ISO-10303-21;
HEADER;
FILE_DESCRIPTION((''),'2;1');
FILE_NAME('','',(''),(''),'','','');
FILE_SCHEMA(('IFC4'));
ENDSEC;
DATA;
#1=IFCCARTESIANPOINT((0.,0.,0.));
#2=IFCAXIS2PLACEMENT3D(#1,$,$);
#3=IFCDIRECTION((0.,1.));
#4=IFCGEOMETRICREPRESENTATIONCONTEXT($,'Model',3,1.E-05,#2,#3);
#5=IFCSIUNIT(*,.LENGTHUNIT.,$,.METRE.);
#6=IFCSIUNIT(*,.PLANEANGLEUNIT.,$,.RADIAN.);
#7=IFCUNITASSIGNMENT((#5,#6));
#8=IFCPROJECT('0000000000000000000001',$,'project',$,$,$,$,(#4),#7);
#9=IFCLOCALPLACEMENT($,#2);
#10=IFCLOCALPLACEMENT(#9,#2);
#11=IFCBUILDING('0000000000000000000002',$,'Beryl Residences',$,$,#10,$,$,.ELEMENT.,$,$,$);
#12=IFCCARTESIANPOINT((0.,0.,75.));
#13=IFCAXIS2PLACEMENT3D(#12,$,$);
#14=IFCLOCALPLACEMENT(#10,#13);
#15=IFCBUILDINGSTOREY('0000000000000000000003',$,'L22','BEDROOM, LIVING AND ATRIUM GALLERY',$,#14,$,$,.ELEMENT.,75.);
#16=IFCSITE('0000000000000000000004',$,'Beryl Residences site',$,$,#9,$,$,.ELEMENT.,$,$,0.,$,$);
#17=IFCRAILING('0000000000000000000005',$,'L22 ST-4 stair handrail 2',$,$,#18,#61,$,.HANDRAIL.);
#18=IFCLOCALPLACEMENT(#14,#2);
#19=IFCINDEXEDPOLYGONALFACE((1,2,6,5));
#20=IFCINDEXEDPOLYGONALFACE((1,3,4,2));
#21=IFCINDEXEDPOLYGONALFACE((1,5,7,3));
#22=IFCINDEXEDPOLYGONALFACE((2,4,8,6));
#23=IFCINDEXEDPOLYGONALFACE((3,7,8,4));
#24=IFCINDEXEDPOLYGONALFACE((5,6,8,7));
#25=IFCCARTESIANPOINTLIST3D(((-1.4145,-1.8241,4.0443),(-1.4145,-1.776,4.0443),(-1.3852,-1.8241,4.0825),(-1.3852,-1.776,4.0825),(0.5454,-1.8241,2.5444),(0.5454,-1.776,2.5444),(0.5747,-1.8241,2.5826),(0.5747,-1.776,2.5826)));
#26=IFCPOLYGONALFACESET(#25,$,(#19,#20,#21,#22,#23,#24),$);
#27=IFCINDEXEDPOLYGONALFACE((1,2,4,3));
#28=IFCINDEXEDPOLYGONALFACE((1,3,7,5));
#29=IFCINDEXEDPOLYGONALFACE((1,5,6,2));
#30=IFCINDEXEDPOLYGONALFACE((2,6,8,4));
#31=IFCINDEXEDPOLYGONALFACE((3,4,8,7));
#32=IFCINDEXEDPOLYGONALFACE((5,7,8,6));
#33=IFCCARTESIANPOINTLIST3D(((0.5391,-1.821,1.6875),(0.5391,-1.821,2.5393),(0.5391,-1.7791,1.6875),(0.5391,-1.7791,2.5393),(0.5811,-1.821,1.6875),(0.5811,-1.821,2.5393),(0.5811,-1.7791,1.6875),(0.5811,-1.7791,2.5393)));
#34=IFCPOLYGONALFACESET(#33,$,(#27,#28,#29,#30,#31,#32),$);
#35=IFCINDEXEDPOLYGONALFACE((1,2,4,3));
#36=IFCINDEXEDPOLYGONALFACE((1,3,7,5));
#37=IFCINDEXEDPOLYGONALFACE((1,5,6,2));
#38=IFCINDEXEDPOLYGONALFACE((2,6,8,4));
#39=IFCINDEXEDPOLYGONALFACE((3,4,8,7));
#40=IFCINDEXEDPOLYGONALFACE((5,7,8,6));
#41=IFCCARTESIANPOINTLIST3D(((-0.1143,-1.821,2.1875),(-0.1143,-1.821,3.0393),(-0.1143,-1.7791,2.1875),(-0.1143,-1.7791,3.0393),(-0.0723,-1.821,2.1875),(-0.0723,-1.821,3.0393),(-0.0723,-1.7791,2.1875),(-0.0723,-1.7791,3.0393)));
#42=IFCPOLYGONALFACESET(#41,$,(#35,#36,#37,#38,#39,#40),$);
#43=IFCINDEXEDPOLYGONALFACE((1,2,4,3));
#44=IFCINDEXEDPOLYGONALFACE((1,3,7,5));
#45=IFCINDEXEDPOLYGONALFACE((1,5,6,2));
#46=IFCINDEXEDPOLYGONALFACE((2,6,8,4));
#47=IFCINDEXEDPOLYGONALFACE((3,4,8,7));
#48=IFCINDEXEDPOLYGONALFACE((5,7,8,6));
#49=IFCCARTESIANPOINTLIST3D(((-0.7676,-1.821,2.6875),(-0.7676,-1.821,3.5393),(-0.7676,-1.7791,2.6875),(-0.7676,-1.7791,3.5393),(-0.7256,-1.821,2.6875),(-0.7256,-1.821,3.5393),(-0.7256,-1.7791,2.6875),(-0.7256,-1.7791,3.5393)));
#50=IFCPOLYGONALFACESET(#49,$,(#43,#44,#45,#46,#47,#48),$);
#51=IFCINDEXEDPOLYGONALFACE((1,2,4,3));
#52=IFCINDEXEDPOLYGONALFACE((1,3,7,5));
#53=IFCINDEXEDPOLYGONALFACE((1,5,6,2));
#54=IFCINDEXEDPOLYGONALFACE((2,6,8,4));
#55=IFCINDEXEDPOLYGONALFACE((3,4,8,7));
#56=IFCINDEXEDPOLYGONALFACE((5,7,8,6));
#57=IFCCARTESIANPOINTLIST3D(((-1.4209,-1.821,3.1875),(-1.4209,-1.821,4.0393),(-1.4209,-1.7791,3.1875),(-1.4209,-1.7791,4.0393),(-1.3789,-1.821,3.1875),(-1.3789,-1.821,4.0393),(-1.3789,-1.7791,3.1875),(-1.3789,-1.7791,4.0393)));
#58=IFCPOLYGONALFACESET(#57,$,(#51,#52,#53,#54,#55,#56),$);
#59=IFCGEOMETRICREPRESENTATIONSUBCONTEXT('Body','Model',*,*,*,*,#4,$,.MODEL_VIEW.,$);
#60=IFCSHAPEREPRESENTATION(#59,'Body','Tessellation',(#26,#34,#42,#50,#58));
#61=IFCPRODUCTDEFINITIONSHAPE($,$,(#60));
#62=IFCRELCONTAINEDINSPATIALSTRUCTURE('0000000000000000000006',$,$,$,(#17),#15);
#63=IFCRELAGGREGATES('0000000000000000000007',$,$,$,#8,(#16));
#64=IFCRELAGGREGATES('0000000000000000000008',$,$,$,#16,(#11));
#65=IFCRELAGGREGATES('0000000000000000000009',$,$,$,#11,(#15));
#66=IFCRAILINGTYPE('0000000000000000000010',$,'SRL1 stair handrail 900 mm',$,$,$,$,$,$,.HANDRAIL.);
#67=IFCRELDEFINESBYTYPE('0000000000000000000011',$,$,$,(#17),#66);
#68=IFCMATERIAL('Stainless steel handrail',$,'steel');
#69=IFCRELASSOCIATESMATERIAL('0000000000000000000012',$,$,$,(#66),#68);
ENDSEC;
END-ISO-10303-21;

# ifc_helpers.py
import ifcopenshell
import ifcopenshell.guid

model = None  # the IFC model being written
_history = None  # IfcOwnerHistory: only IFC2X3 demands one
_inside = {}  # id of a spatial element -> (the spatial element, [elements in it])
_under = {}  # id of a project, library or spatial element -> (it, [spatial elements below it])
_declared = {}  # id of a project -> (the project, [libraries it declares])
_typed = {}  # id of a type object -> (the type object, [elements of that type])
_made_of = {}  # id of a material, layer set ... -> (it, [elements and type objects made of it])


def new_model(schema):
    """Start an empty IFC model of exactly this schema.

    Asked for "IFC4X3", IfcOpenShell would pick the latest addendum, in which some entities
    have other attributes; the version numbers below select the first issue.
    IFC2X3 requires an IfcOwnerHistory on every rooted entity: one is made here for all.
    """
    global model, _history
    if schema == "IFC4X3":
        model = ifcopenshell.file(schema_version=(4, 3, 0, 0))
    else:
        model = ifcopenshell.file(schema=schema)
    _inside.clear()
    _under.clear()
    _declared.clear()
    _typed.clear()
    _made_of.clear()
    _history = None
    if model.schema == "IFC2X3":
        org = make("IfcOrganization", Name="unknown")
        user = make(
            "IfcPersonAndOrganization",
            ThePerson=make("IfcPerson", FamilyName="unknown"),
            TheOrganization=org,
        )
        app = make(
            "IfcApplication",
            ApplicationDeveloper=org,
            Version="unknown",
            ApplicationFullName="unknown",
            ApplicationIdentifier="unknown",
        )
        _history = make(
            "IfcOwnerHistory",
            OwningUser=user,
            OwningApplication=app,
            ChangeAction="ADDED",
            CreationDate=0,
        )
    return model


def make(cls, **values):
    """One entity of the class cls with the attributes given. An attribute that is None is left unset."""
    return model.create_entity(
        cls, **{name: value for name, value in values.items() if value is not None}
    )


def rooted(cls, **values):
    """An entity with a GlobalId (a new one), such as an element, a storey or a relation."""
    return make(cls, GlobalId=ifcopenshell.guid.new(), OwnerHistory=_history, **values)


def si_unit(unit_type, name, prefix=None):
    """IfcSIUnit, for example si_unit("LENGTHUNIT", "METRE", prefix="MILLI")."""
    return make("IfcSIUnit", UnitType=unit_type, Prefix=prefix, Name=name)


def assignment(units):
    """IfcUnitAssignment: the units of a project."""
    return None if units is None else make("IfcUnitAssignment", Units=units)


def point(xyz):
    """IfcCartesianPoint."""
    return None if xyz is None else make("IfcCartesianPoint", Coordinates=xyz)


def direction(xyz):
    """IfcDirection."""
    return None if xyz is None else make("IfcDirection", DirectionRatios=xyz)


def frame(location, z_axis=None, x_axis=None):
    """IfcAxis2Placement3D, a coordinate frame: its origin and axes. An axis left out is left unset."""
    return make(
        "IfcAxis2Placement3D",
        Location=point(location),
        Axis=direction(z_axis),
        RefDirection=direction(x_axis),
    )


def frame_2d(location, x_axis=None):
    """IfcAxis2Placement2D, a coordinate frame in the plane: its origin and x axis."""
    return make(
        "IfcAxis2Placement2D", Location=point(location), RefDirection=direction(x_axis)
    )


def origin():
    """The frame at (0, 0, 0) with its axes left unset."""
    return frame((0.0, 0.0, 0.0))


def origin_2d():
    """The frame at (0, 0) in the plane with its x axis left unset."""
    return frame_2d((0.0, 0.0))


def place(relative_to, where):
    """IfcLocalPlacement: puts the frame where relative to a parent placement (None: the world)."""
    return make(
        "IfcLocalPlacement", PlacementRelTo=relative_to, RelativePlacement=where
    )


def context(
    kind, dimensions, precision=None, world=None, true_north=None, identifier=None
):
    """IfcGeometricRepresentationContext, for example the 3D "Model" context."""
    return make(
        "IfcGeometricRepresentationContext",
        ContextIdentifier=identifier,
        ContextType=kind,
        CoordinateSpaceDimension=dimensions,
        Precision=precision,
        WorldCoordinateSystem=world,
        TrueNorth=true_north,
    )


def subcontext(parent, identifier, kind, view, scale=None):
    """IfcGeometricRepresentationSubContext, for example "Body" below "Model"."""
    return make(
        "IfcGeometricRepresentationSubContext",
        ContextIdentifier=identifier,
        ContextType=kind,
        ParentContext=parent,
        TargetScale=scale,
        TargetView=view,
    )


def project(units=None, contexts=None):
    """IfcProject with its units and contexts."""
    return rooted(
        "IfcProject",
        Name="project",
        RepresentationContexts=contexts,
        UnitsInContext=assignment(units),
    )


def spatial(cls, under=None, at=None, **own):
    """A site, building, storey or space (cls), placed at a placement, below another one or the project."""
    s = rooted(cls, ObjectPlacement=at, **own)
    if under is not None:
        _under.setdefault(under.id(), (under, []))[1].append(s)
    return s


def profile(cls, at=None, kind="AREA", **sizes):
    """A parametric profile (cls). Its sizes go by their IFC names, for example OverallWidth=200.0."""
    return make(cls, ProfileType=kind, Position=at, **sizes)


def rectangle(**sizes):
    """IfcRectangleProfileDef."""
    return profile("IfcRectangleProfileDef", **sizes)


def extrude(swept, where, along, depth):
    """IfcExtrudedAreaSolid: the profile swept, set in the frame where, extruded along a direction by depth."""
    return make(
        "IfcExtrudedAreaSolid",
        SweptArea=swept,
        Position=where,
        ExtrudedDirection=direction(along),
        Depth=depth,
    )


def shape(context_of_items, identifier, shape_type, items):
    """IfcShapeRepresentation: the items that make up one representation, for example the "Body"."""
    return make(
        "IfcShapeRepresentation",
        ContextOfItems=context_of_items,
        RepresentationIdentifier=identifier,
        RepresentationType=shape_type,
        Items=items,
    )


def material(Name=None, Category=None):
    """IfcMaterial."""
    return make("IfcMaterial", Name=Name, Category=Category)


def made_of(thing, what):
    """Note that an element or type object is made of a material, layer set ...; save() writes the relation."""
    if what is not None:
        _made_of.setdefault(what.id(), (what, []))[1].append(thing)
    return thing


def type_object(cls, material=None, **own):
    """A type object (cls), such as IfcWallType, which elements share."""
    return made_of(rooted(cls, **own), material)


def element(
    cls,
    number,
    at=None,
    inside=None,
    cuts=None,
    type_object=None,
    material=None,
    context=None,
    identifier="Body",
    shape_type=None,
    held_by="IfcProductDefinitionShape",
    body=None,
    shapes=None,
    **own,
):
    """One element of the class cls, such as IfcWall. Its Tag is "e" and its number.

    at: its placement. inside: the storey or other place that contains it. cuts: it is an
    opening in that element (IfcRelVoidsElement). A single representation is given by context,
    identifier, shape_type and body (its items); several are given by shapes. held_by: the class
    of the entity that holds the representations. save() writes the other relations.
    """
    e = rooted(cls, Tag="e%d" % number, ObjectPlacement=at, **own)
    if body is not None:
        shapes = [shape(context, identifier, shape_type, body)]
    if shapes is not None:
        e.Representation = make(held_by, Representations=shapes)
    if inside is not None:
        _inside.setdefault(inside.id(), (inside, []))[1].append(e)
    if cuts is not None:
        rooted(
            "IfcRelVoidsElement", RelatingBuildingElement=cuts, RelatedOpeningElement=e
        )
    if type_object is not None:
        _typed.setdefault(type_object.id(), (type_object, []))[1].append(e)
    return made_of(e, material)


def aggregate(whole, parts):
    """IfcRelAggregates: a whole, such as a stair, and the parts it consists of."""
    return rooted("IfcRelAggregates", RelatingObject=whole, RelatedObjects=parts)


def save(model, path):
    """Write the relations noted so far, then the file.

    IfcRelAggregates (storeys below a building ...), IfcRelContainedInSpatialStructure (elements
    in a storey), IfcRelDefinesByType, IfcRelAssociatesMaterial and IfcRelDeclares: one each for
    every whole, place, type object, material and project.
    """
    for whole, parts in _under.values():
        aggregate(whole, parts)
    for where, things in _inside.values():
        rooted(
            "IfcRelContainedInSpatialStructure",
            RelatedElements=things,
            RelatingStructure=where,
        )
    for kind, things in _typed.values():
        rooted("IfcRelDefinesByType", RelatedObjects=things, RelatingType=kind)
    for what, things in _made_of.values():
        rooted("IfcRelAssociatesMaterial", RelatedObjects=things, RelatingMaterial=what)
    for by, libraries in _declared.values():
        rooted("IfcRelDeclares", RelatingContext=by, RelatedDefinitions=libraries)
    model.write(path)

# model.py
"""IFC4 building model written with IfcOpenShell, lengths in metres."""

from ifc_helpers import new_model, si_unit, direction, frame, origin, origin_2d, place, context, subcontext, project, spatial, rectangle, extrude, material, type_object, element, save


model = new_model("IFC4")

# Units and contexts
model_context = context("Model", 3, precision=1e-05, world=origin(), true_north=direction((0.0, 1.0)))
body_context = subcontext(model_context, "Body", "Model", "MODEL_VIEW")
ifc_project = project(units=[si_unit("LENGTHUNIT", "METRE"), si_unit("PLANEANGLEUNIT", "RADIAN")], contexts=[model_context])

# Site, building, storey
site_placement = place(None, origin())
site = spatial("IfcSite", under=ifc_project, at=site_placement, Name="Beryl Residences site", CompositionType="ELEMENT", RefElevation=0.0)
building_placement = place(site_placement, origin())
building = spatial("IfcBuilding", under=site, at=building_placement, Name="Beryl Residences", CompositionType="ELEMENT")
storey_placement = place(building_placement, frame((0.0, 0.0, 75.0)))
storey = spatial("IfcBuildingStorey", under=building, at=storey_placement, Name="L22", Description="BEDROOM, LIVING AND ATRIUM GALLERY", CompositionType="ELEMENT", Elevation=75.0)

# Railing
ifc_material_1 = material(Name="Stainless steel handrail", Category="steel")
railing_type_1 = type_object("IfcRailingType", Name="SRL1 stair handrail 900 mm", PredefinedType="HANDRAIL", material=ifc_material_1)
railing_1_placement = place(storey_placement, frame((0.5601, -1.8, 1.6875)))
element("IfcRailing", 1, at=railing_1_placement, inside=storey, type_object=railing_type_1, Name="L22 ST-4 stair handrail 2", PredefinedType="HANDRAIL", context=body_context, shape_type="SweptSolid", body=[
    extrude(rectangle(XDim=0.0481, YDim=0.0481, at=origin_2d()), frame((0.0, 0.0, 0.876), z_axis=(-0.794122, 0.0, 0.607758), x_axis=(0.0, -1.0, 0.0)), (0.0, 0.0, 1.0), 2.468),
    extrude(rectangle(XDim=0.042, YDim=0.042, at=origin_2d()), origin(), (0.0, 0.0, 1.0), 0.8518),
    extrude(rectangle(XDim=0.042, YDim=0.042, at=origin_2d()), frame((-0.6533, 0.0, 0.5)), (0.0, 0.0, 1.0), 0.8518),
    extrude(rectangle(XDim=0.042, YDim=0.042, at=origin_2d()), frame((-1.3066, 0.0, 1.0)), (0.0, 0.0, 1.0), 0.8518),
    extrude(rectangle(XDim=0.042, YDim=0.042, at=origin_2d()), frame((-1.96, 0.0, 1.5)), (0.0, 0.0, 1.0), 0.8518),
])

save(model, "model.ifc")
